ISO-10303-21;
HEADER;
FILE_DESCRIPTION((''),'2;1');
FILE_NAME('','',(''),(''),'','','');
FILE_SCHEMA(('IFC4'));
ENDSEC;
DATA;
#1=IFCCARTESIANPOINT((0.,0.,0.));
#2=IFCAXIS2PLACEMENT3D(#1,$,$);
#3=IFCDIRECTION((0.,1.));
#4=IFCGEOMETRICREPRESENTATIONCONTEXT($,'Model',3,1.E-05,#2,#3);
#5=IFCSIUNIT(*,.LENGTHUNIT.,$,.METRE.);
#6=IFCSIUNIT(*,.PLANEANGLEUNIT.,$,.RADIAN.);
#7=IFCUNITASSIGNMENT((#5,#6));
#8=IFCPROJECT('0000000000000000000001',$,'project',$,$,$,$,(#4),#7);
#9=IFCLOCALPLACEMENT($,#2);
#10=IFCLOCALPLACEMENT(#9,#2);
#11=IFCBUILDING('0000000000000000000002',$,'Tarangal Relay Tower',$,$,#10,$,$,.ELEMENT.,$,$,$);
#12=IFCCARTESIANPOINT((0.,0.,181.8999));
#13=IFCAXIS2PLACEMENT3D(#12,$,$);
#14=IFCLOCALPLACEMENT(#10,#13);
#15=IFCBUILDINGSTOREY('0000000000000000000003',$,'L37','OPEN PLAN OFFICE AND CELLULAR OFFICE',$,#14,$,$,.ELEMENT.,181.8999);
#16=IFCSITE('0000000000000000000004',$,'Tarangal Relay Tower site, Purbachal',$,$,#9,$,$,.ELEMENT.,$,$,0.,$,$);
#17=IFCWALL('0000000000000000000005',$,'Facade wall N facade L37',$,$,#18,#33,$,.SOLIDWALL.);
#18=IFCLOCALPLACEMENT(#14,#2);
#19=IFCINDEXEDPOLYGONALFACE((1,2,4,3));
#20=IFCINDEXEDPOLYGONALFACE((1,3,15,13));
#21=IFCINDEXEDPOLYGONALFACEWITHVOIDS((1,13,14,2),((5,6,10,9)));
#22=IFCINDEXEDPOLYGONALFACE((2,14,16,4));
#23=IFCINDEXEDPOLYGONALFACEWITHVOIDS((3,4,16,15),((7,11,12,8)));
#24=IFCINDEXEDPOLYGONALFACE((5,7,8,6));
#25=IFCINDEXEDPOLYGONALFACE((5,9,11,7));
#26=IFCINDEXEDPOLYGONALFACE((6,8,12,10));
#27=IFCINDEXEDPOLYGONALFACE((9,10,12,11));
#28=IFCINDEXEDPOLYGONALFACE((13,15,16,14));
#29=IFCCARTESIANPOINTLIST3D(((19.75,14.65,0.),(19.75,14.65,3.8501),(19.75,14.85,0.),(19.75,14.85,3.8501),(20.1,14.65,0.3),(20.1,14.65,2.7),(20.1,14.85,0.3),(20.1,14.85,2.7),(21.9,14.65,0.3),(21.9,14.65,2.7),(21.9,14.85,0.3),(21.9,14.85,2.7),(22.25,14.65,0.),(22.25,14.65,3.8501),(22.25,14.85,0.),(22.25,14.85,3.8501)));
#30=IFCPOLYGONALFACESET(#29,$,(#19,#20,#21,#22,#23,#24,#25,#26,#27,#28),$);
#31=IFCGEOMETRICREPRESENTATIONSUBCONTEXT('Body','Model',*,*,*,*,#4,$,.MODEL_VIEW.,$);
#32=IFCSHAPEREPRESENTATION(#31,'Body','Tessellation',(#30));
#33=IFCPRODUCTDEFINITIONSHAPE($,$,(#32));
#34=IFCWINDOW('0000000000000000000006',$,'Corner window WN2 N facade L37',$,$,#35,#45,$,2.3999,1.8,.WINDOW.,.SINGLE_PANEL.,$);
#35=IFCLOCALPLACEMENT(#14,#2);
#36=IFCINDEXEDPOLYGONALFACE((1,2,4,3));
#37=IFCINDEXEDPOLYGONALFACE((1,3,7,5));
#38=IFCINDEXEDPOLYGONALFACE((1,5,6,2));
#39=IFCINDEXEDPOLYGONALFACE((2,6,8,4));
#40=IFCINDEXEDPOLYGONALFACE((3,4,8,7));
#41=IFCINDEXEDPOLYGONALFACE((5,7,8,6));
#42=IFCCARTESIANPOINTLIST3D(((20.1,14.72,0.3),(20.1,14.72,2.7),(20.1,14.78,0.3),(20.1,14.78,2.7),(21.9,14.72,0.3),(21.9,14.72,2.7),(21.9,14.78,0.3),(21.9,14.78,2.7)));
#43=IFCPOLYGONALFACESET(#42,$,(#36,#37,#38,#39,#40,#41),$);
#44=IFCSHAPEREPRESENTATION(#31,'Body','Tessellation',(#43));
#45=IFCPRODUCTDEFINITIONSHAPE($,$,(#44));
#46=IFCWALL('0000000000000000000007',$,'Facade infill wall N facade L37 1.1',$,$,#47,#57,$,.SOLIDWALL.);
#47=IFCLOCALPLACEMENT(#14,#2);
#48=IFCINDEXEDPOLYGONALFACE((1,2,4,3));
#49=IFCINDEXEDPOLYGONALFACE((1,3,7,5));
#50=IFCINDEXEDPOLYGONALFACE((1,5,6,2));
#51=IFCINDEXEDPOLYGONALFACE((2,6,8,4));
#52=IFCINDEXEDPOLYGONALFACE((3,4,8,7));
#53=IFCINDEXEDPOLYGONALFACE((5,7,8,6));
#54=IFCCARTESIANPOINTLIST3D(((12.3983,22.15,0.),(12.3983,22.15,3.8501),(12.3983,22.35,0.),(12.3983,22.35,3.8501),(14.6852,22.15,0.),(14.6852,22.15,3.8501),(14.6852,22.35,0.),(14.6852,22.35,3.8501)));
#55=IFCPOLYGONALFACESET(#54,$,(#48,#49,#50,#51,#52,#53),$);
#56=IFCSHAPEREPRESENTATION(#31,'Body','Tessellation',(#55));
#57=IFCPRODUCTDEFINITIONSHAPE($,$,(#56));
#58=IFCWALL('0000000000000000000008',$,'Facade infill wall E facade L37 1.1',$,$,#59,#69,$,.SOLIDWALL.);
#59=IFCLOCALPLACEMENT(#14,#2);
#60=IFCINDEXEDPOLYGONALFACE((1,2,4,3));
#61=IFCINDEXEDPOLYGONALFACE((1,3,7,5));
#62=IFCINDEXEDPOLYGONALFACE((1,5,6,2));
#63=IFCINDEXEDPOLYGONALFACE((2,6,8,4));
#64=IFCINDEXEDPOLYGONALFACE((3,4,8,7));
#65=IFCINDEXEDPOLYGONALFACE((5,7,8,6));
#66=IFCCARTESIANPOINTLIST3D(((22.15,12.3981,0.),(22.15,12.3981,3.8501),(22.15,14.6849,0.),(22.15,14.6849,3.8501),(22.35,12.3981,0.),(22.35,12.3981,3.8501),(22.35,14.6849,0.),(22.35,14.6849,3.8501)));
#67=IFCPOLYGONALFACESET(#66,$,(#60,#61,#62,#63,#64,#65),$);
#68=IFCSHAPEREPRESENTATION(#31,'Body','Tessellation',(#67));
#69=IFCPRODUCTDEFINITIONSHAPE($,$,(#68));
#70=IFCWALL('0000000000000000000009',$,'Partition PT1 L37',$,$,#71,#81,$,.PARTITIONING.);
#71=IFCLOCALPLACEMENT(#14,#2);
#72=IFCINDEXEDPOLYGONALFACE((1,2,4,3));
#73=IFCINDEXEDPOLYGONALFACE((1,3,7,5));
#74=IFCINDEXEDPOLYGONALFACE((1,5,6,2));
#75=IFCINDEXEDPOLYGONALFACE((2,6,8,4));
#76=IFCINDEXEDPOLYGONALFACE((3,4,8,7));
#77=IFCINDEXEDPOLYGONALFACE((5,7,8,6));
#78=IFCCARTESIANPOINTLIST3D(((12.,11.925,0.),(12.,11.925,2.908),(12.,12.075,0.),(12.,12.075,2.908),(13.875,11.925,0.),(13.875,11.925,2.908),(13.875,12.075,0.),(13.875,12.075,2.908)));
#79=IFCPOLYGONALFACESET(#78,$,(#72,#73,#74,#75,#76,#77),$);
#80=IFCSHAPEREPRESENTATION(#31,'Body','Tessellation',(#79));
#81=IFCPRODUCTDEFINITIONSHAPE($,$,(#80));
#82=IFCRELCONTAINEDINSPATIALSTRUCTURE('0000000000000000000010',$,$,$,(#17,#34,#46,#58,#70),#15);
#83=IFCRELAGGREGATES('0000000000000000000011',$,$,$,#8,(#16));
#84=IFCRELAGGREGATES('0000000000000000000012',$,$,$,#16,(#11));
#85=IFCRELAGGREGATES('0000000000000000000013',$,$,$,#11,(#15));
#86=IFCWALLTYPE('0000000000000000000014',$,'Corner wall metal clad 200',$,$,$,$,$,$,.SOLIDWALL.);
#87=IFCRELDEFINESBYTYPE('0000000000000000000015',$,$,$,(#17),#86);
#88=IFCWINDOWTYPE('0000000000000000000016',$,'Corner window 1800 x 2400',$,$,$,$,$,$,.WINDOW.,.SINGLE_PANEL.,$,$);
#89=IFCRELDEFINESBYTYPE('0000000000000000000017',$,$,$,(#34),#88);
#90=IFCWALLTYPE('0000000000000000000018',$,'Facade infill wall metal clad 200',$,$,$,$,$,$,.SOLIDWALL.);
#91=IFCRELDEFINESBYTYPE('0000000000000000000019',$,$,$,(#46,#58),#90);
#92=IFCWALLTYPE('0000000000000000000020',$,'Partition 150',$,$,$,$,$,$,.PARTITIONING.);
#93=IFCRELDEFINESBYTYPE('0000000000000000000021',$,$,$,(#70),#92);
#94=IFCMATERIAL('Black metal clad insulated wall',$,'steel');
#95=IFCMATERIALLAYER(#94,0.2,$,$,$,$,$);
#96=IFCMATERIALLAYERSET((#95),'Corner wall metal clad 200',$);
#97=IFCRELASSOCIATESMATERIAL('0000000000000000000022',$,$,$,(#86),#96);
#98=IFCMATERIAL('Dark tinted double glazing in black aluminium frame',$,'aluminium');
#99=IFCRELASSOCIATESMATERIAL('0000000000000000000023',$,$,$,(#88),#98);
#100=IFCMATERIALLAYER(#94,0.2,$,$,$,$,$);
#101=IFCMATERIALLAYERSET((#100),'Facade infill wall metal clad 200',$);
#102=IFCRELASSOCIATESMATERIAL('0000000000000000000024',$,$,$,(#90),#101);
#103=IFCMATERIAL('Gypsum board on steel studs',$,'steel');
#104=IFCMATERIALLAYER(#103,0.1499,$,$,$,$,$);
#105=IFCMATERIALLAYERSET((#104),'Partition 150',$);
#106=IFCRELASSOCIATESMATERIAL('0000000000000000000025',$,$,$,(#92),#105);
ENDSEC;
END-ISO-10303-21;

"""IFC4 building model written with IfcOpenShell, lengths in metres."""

from ifc_helpers import new_model, si_unit, direction, frame, frame_2d, origin, place, context, subcontext, project, spatial, rectangle, extrude, material, layer, layer_set, type_object, element, fill, save


model = new_model("IFC4")

# Units and contexts
model_context = context("Model", 3, precision=1e-05, world=origin(), true_north=direction((0.0, 1.0)))
body_context = subcontext(model_context, "Body", "Model", "MODEL_VIEW")
ifc_project = project(units=[si_unit("LENGTHUNIT", "METRE"), si_unit("PLANEANGLEUNIT", "RADIAN")], contexts=[model_context])

# Site, building, storey
site_placement = place(None, origin())
site = spatial("IfcSite", under=ifc_project, at=site_placement, Name="Tarangal Relay Tower site, Purbachal", CompositionType="ELEMENT", RefElevation=0.0)
building_placement = place(site_placement, origin())
building = spatial("IfcBuilding", under=site, at=building_placement, Name="Tarangal Relay Tower", CompositionType="ELEMENT")
storey_placement = place(building_placement, frame((0.0, 0.0, 181.8999)))
storey = spatial("IfcBuildingStorey", under=building, at=storey_placement, Name="L37", Description="OPEN PLAN OFFICE AND CELLULAR OFFICE", CompositionType="ELEMENT", Elevation=181.8999)

# Shared definitions
ifc_material_1 = material(Name="Black metal clad insulated wall", Category="steel")
ifc_layer_1 = layer(ifc_material_1, 0.2)
ifc_layer_set_1 = layer_set([ifc_layer_1], Name="Corner wall metal clad 200")
wall_type_1 = type_object("IfcWallType", Name="Corner wall metal clad 200", PredefinedType="SOLIDWALL", material=ifc_layer_set_1)

# Shared definitions
ifc_material_2 = material(Name="Dark tinted double glazing in black aluminium frame", Category="aluminium")
window_type = type_object("IfcWindowType", Name="Corner window 1800 x 2400", PartitioningType="SINGLE_PANEL", PredefinedType="WINDOW", material=ifc_material_2)

# Wall, opening, window
wall_1_placement = place(storey_placement, frame((19.75, 14.75, 0.0), z_axis=(0.0, 0.0, 1.0), x_axis=(1.0, 0.0, 0.0)))
wall_1 = element("IfcWall", 1, at=wall_1_placement, inside=storey, type_object=wall_type_1, Name="Facade wall N facade L37", PredefinedType="SOLIDWALL", context=body_context, shape_type="SweptSolid", body=[
    extrude(rectangle(XDim=2.5, YDim=0.2, at=frame_2d((1.25, 0.0))), origin(), (0.0, 0.0, 1.0), 3.8501),
])
opening_1_placement = place(wall_1_placement, frame((0.3501, 0.0, 0.3)))
opening_1 = element("IfcOpeningElement", 2, at=opening_1_placement, cuts=wall_1, PredefinedType="OPENING", context=body_context, shape_type="SweptSolid", body=[
    extrude(rectangle(XDim=1.8, YDim=2.3999, at=frame_2d((0.8999, 1.2))), frame((0.0, 0.1099, 0.0), z_axis=(0.0, -1.0, 0.0), x_axis=(1.0, 0.0, 0.0)), (0.0, 0.0, 1.0), 0.22),
])
window_1_placement = place(opening_1_placement, origin())
window_1 = element("IfcWindow", 3, at=window_1_placement, inside=storey, type_object=window_type, Name="Corner window WN2 N facade L37", OverallHeight=2.3999, OverallWidth=1.8, PartitioningType="SINGLE_PANEL", PredefinedType="WINDOW", context=body_context, shape_type="SweptSolid", body=[
    extrude(rectangle(XDim=1.8, YDim=2.3999, at=frame_2d((0.8999, 1.2))), frame((0.0, 0.03, 0.0), z_axis=(0.0, -1.0, 0.0), x_axis=(1.0, 0.0, 0.0)), (0.0, 0.0, 1.0), 0.0601),
])
fill(opening_1, window_1)

# Walls
ifc_layer_2 = layer(ifc_material_1, 0.2)
ifc_layer_set_2 = layer_set([ifc_layer_2], Name="Facade infill wall metal clad 200")
wall_type_2 = type_object("IfcWallType", Name="Facade infill wall metal clad 200", PredefinedType="SOLIDWALL", material=ifc_layer_set_2)
for number, where, z_axis, x_axis, name in (
    (4, (12.3982, 22.25, 0.0), (0.0, 0.0, 1.0), (1.0, 0.0, 0.0), "Facade infill wall N facade L37 1.1"),
    (5, (22.25, 14.6851, 0.0), (0.0, 0.0, 1.0), (0.0, -1.0, 0.0), "Facade infill wall E facade L37 1.1"),
):
    element("IfcWall", number, at=place(storey_placement, frame(where, z_axis=z_axis, x_axis=x_axis)), inside=storey, type_object=wall_type_2, Name=name, PredefinedType="SOLIDWALL", context=body_context, shape_type="SweptSolid", body=[
        extrude(rectangle(XDim=2.2869, YDim=0.2, at=frame_2d((1.1436, 0.0))), origin(), (0.0, 0.0, 1.0), 3.8501),
    ])
ifc_material_3 = material(Name="Gypsum board on steel studs", Category="steel")
ifc_layer_3 = layer(ifc_material_3, 0.1499)
ifc_layer_set_3 = layer_set([ifc_layer_3], Name="Partition 150")
wall_type_3 = type_object("IfcWallType", Name="Partition 150", PredefinedType="PARTITIONING", material=ifc_layer_set_3)
wall_2_placement = place(storey_placement, frame((12.0, 12.0, 0.0), z_axis=(0.0, 0.0, 1.0), x_axis=(1.0, 0.0, 0.0)))
element("IfcWall", 6, at=wall_2_placement, inside=storey, type_object=wall_type_3, Name="Partition PT1 L37", PredefinedType="PARTITIONING", context=body_context, shape_type="SweptSolid", body=[
    extrude(rectangle(XDim=1.875, YDim=0.1499, at=frame_2d((0.9375, 0.0))), origin(), (0.0, 0.0, 1.0), 2.908),
])

save(model, "model.ifc")
